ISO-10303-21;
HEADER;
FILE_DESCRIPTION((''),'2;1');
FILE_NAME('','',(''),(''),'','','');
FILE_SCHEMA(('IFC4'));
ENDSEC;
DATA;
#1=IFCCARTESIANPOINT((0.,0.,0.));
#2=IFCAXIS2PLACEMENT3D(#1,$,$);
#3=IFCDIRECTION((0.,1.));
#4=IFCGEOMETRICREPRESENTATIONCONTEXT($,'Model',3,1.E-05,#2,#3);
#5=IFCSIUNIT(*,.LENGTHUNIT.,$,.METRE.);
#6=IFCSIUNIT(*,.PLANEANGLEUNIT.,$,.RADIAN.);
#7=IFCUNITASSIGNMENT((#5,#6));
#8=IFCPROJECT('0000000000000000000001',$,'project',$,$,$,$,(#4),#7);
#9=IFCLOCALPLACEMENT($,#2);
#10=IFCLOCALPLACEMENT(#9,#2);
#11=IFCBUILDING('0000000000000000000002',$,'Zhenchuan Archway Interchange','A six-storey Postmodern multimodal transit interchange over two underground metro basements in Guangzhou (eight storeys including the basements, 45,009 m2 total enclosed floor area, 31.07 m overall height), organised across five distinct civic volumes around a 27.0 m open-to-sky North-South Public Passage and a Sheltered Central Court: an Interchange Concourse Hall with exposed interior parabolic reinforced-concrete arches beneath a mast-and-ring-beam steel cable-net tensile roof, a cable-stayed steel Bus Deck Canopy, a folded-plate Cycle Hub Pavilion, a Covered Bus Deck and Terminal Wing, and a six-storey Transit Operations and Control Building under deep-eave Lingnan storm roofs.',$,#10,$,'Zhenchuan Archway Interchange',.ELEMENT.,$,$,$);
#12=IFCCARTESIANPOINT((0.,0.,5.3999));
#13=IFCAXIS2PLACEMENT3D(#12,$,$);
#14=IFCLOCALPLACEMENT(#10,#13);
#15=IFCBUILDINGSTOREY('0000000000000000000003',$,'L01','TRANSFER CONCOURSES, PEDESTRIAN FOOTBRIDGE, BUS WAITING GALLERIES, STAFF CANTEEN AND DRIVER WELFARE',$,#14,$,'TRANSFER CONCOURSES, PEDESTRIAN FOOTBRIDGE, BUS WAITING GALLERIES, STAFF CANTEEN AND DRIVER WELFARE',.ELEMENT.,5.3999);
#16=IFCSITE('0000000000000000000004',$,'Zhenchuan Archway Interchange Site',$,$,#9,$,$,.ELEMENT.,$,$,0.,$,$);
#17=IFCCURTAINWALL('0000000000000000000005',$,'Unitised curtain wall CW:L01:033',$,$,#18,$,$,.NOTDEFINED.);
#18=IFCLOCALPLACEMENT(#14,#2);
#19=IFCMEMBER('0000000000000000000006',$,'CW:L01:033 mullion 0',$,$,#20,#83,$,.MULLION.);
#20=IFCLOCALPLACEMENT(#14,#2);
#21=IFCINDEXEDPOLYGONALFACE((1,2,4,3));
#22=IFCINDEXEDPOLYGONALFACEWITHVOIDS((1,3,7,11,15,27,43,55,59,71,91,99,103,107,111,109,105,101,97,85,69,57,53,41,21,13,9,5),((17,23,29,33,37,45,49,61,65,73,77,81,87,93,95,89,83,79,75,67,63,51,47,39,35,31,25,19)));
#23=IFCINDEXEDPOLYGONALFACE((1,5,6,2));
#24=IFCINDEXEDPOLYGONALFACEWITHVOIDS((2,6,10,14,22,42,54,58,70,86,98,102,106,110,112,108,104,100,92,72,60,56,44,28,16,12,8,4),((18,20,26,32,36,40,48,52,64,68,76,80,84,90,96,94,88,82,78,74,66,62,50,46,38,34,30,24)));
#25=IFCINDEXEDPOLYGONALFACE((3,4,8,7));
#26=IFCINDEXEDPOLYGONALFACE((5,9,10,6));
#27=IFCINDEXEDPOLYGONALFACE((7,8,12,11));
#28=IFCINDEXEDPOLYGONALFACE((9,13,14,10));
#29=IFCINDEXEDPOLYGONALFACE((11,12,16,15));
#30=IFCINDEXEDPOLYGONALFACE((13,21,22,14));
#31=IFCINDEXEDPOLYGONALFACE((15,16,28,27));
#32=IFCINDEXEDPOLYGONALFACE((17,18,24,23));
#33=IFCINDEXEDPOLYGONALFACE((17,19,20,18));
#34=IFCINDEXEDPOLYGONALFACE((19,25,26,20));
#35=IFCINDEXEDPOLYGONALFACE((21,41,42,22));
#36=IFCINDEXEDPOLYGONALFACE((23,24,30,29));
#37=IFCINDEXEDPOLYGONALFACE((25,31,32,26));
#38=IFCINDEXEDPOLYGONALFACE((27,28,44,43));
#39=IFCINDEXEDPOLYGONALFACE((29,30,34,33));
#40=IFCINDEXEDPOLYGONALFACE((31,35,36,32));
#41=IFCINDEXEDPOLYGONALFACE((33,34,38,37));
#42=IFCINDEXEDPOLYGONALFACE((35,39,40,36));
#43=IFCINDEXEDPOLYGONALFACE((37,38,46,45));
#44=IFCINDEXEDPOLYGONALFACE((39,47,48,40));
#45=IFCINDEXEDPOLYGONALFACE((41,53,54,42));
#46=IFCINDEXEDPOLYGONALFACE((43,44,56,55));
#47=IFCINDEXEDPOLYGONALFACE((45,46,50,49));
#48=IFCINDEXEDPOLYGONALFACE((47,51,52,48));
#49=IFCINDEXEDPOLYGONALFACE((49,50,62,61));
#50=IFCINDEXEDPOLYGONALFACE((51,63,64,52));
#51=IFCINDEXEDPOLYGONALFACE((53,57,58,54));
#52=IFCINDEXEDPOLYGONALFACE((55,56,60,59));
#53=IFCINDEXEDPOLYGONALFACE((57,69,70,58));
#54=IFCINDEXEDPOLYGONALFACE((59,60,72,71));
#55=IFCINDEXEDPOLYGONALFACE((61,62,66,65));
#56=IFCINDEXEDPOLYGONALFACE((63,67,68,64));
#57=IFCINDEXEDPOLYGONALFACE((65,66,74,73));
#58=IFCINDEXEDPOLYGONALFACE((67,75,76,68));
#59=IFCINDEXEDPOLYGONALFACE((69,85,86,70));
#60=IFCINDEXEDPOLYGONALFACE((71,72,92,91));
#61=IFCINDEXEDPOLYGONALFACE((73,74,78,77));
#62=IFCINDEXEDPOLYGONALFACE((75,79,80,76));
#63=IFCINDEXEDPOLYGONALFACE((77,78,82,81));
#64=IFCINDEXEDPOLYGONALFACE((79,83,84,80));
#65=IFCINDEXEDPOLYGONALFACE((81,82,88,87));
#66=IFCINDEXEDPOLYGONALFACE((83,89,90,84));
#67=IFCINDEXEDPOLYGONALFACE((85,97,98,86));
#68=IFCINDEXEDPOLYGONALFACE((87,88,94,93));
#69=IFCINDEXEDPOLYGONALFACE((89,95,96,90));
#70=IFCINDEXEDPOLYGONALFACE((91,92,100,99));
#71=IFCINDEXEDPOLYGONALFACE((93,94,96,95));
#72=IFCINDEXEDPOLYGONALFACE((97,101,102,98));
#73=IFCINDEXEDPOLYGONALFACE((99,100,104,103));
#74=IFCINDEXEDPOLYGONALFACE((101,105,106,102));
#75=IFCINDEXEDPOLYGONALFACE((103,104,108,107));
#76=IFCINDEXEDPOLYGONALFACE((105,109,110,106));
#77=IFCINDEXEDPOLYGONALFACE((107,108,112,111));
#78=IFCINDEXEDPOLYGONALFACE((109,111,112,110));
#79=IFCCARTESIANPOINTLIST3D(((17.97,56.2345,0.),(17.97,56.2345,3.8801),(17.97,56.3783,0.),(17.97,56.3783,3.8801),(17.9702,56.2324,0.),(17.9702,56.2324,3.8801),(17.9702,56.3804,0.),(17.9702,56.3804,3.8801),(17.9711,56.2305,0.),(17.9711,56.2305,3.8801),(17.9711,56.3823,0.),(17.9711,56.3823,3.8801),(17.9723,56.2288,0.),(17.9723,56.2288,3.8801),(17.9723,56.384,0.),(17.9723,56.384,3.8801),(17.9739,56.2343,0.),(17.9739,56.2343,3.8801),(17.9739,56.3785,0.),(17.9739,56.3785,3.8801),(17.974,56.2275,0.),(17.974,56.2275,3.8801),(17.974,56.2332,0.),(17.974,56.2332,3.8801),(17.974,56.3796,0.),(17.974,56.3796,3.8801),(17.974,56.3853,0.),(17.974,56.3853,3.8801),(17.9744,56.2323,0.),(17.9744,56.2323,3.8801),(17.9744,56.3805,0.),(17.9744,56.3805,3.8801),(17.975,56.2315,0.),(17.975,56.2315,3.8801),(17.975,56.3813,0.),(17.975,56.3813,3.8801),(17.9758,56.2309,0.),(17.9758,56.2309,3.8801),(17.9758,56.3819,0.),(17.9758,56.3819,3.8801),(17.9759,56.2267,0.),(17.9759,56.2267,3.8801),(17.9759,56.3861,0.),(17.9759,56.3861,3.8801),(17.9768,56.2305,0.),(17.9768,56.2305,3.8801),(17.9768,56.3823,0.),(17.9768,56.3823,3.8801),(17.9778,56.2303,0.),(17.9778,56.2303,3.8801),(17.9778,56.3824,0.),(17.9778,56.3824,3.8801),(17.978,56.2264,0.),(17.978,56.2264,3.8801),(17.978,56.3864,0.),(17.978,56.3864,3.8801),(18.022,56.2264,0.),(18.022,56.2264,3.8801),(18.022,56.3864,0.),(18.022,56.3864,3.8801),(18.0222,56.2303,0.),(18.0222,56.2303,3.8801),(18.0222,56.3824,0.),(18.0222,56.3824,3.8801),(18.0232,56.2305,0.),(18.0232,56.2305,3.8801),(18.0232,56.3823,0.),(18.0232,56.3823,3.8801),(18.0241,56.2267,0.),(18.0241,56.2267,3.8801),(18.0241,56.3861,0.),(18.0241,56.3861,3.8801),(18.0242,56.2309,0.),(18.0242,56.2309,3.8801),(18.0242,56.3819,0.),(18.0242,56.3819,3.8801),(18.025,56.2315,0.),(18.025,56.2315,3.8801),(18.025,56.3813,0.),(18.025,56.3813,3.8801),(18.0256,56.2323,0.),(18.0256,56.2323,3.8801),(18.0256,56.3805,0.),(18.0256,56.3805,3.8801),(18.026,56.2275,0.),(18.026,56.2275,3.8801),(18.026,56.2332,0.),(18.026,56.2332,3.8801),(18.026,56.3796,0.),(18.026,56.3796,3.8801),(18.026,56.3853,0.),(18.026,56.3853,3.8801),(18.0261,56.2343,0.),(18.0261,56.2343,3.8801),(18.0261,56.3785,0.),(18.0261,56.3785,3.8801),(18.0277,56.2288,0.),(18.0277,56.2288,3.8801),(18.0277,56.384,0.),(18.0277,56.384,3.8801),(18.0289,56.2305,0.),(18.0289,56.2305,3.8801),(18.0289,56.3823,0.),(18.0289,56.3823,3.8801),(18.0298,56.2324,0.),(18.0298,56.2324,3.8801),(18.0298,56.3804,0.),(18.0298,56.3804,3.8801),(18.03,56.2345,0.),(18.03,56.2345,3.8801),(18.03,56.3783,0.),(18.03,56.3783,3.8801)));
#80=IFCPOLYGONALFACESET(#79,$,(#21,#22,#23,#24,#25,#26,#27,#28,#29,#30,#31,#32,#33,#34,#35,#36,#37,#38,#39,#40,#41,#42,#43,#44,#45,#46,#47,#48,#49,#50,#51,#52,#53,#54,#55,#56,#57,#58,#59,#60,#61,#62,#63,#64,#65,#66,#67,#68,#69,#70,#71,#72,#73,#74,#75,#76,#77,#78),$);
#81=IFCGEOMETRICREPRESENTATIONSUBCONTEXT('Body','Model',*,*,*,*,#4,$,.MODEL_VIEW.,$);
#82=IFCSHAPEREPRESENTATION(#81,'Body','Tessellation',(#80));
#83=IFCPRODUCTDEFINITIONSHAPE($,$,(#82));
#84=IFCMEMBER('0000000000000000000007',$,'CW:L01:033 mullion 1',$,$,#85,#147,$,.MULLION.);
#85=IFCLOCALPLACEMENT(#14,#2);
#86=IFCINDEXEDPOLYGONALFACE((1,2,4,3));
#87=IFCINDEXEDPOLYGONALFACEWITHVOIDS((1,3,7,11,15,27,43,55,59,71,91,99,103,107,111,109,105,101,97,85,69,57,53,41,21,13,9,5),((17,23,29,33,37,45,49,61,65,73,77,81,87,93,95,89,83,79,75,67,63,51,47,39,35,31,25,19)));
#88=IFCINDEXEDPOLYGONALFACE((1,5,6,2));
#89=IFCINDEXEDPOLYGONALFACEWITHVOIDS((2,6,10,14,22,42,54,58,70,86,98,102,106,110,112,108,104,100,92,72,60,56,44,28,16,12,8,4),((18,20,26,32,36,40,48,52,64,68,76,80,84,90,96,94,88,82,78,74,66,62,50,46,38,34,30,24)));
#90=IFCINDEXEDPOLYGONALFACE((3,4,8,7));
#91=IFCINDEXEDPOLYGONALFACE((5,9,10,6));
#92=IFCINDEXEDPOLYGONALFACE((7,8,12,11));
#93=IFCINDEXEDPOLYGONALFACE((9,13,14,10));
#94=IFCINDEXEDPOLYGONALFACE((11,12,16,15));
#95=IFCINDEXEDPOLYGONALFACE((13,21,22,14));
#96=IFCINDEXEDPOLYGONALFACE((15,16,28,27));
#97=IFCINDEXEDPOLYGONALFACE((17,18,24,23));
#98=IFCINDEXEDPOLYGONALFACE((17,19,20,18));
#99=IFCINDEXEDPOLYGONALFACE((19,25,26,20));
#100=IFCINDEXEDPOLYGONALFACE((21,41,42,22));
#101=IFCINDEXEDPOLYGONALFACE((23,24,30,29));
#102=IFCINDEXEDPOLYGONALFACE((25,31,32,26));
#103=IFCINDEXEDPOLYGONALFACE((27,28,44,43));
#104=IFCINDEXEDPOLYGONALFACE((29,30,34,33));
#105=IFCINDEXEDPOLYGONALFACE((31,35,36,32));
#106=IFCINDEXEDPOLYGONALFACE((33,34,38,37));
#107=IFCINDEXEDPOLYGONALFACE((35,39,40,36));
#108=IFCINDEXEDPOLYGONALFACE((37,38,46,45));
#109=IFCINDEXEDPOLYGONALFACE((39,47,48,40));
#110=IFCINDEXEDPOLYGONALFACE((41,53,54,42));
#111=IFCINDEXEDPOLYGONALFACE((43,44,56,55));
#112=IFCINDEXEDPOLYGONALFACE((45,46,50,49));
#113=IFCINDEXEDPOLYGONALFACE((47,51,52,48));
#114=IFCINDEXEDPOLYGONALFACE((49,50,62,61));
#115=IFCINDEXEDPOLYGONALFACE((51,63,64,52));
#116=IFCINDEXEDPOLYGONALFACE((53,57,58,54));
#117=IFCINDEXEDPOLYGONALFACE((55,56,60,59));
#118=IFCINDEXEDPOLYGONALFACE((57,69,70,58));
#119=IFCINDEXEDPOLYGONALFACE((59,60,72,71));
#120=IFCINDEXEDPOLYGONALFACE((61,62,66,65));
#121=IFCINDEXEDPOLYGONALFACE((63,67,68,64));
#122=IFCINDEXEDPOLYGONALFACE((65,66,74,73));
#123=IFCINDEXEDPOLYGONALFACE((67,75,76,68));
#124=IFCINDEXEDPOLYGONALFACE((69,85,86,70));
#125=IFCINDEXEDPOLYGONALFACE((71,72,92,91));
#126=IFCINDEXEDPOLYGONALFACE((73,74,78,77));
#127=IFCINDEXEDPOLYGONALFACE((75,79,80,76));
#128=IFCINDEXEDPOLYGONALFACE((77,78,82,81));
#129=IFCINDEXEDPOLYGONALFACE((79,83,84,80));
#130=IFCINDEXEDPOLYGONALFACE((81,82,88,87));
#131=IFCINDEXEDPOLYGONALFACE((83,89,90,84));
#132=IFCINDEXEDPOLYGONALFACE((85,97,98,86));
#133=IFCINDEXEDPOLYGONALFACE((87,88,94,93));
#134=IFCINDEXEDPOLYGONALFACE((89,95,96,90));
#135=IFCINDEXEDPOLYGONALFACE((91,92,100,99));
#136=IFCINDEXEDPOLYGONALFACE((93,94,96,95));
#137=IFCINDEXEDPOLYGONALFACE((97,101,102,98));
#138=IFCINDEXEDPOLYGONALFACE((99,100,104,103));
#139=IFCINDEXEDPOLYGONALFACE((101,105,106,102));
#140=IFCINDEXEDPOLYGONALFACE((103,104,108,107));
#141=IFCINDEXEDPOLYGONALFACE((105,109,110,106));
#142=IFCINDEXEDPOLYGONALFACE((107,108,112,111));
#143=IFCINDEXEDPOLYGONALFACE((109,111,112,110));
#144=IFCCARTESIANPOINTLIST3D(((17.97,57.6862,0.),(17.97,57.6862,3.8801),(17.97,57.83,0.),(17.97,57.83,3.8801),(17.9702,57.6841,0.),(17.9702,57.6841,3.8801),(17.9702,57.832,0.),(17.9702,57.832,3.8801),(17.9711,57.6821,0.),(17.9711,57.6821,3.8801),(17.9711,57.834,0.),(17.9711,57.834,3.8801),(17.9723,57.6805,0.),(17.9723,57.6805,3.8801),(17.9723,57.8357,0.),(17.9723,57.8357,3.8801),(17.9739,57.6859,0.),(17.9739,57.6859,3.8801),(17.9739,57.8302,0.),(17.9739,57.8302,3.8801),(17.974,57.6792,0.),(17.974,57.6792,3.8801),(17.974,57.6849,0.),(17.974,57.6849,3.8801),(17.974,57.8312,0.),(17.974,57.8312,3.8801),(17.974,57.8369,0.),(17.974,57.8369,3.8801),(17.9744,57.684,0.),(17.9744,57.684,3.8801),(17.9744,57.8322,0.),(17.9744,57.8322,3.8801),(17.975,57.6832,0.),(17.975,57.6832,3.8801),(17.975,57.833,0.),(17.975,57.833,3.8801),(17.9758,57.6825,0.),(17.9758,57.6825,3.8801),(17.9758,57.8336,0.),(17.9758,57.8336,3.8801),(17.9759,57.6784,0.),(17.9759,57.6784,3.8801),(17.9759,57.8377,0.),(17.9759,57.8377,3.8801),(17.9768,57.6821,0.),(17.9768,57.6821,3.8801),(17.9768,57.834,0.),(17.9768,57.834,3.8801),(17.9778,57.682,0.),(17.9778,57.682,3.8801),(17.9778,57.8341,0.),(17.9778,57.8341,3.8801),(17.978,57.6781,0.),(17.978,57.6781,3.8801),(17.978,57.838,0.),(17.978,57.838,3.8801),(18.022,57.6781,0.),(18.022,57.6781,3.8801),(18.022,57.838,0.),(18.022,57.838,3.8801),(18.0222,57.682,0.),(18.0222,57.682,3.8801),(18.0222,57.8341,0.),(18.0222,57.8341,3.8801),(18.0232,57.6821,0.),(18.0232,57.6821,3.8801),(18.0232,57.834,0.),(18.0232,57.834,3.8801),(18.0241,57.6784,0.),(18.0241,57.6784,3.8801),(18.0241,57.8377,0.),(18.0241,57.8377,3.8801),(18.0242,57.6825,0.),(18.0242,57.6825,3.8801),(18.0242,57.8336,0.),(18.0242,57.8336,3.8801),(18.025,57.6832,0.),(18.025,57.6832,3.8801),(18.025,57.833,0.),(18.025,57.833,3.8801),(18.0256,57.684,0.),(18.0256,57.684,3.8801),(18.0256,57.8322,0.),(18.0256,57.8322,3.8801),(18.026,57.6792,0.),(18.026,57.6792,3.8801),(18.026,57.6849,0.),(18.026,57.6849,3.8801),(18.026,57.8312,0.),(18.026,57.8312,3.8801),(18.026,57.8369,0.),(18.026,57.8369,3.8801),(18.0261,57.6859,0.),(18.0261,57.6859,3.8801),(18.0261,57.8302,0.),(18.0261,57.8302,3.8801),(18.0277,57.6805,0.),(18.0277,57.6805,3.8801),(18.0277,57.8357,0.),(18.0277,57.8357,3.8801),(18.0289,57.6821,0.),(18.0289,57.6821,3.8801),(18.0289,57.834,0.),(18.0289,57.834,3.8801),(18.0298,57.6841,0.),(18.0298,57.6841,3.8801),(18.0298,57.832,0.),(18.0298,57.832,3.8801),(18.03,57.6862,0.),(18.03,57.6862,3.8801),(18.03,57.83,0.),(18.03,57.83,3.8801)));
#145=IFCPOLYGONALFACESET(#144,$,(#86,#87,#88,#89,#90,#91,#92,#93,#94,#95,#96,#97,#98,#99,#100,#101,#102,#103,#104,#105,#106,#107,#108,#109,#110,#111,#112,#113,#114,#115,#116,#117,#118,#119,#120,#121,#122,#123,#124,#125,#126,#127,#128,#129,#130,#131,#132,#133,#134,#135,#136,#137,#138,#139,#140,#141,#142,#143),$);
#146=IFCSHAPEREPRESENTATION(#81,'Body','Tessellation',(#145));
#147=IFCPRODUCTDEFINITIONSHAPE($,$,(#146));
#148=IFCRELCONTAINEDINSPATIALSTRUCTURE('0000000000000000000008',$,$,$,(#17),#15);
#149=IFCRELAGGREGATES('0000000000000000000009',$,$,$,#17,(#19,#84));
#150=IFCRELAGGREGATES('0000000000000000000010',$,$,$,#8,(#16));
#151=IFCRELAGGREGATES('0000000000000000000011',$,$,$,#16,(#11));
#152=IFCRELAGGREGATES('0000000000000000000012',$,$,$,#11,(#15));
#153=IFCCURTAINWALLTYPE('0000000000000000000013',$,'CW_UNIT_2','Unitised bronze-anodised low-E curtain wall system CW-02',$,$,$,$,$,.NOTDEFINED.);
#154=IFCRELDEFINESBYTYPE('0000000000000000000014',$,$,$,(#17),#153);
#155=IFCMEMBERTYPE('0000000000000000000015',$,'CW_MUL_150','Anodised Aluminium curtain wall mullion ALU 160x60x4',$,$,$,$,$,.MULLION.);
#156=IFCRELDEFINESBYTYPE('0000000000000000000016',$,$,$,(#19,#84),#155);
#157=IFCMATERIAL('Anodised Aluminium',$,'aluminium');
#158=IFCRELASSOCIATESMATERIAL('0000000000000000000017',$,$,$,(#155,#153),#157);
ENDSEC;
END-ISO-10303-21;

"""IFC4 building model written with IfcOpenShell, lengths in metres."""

from ifc_helpers import new_model, si_unit, direction, frame, origin, origin_2d, place, context, subcontext, project, spatial, hollow_rectangle, extrude, material, material_profile, profile_set, type_object, element, aggregate, save


model = new_model("IFC4")

# Units and contexts
model_context = context("Model", 3, precision=1e-05, world=origin(), true_north=direction((0.0, 1.0)))
body_context = subcontext(model_context, "Body", "Model", "MODEL_VIEW")
ifc_project = project(units=[si_unit("LENGTHUNIT", "METRE"), si_unit("PLANEANGLEUNIT", "RADIAN")], contexts=[model_context])

# Site, building, storey
site_placement = place(None, origin())
site = spatial("IfcSite", under=ifc_project, at=site_placement, Name="Zhenchuan Archway Interchange Site", CompositionType="ELEMENT", RefElevation=0.0)
building_placement = place(site_placement, origin())
building = spatial("IfcBuilding", under=site, at=building_placement, Name="Zhenchuan Archway Interchange", Description="A six-storey Postmodern multimodal transit interchange over two underground metro basements in Guangzhou (eight storeys including the basements, 45,009 m2 total enclosed floor area, 31.07 m overall height), organised across five distinct civic volumes around a 27.0 m open-to-sky North-South Public Passage and a Sheltered Central Court: an Interchange Concourse Hall with exposed interior parabolic reinforced-concrete arches beneath a mast-and-ring-beam steel cable-net tensile roof, a cable-stayed steel Bus Deck Canopy, a folded-plate Cycle Hub Pavilion, a Covered Bus Deck and Terminal Wing, and a six-storey Transit Operations and Control Building under deep-eave Lingnan storm roofs.", LongName="Zhenchuan Archway Interchange", CompositionType="ELEMENT")
storey_placement = place(building_placement, frame((0.0, 0.0, 5.3999)))
storey = spatial("IfcBuildingStorey", under=building, at=storey_placement, Name="L01", Description="TRANSFER CONCOURSES, PEDESTRIAN FOOTBRIDGE, BUS WAITING GALLERIES, STAFF CANTEEN AND DRIVER WELFARE", LongName="TRANSFER CONCOURSES, PEDESTRIAN FOOTBRIDGE, BUS WAITING GALLERIES, STAFF CANTEEN AND DRIVER WELFARE", CompositionType="ELEMENT", Elevation=5.3999)

# Curtain wall, members
ifc_material_1 = material(Name="Anodised Aluminium", Category="aluminium")
ifc_material_profile_1 = material_profile(ifc_material_1, hollow_rectangle(XDim=0.0601, YDim=0.1599, WallThickness=0.0039, InnerFilletRadius=0.0039, OuterFilletRadius=0.0081, at=origin_2d()), Name="ALU 160x60x4")
ifc_profile_set_1 = profile_set([ifc_material_profile_1], Name="Anodised Aluminium")
member_type_1 = type_object("IfcMemberType", Name="CW_MUL_150", Description="Anodised Aluminium curtain wall mullion ALU 160x60x4", PredefinedType="MULLION", material=ifc_profile_set_1)
curtain_wall_type_1 = type_object("IfcCurtainWallType", Name="CW_UNIT_2", Description="Unitised bronze-anodised low-E curtain wall system CW-02", PredefinedType="NOTDEFINED", material=ifc_material_1)
curtain_wall_1_placement = place(storey_placement, origin())
curtain_wall_1 = element("IfcCurtainWall", 1, at=curtain_wall_1_placement, inside=storey, type_object=curtain_wall_type_1, Name="Unitised curtain wall CW:L01:033", PredefinedType="NOTDEFINED")
member_1_placement = place(storey_placement, frame((18.0, 56.3064, 0.0), z_axis=(0.0, 0.0, 1.0), x_axis=(1.0, 0.0, 0.0)))
member_1 = element("IfcMember", 2, at=member_1_placement, type_object=member_type_1, Name="CW:L01:033 mullion 0", PredefinedType="MULLION", context=body_context, shape_type="SweptSolid", body=[
    extrude(hollow_rectangle(XDim=0.0601, YDim=0.1599, WallThickness=0.0039, InnerFilletRadius=0.0039, OuterFilletRadius=0.0081, at=origin_2d()), origin(), (0.0, 0.0, 1.0), 3.8801),
])
member_2_placement = place(storey_placement, frame((18.0, 57.7581, 0.0), z_axis=(0.0, 0.0, 1.0), x_axis=(1.0, 0.0, 0.0)))
member_2 = element("IfcMember", 3, at=member_2_placement, type_object=member_type_1, Name="CW:L01:033 mullion 1", PredefinedType="MULLION", context=body_context, shape_type="SweptSolid", body=[
    extrude(hollow_rectangle(XDim=0.0601, YDim=0.1599, WallThickness=0.0039, InnerFilletRadius=0.0039, OuterFilletRadius=0.0081, at=origin_2d()), origin(), (0.0, 0.0, 1.0), 3.8801),
])

aggregate(curtain_wall_1, [member_1, member_2])

save(model, "model.ifc")
